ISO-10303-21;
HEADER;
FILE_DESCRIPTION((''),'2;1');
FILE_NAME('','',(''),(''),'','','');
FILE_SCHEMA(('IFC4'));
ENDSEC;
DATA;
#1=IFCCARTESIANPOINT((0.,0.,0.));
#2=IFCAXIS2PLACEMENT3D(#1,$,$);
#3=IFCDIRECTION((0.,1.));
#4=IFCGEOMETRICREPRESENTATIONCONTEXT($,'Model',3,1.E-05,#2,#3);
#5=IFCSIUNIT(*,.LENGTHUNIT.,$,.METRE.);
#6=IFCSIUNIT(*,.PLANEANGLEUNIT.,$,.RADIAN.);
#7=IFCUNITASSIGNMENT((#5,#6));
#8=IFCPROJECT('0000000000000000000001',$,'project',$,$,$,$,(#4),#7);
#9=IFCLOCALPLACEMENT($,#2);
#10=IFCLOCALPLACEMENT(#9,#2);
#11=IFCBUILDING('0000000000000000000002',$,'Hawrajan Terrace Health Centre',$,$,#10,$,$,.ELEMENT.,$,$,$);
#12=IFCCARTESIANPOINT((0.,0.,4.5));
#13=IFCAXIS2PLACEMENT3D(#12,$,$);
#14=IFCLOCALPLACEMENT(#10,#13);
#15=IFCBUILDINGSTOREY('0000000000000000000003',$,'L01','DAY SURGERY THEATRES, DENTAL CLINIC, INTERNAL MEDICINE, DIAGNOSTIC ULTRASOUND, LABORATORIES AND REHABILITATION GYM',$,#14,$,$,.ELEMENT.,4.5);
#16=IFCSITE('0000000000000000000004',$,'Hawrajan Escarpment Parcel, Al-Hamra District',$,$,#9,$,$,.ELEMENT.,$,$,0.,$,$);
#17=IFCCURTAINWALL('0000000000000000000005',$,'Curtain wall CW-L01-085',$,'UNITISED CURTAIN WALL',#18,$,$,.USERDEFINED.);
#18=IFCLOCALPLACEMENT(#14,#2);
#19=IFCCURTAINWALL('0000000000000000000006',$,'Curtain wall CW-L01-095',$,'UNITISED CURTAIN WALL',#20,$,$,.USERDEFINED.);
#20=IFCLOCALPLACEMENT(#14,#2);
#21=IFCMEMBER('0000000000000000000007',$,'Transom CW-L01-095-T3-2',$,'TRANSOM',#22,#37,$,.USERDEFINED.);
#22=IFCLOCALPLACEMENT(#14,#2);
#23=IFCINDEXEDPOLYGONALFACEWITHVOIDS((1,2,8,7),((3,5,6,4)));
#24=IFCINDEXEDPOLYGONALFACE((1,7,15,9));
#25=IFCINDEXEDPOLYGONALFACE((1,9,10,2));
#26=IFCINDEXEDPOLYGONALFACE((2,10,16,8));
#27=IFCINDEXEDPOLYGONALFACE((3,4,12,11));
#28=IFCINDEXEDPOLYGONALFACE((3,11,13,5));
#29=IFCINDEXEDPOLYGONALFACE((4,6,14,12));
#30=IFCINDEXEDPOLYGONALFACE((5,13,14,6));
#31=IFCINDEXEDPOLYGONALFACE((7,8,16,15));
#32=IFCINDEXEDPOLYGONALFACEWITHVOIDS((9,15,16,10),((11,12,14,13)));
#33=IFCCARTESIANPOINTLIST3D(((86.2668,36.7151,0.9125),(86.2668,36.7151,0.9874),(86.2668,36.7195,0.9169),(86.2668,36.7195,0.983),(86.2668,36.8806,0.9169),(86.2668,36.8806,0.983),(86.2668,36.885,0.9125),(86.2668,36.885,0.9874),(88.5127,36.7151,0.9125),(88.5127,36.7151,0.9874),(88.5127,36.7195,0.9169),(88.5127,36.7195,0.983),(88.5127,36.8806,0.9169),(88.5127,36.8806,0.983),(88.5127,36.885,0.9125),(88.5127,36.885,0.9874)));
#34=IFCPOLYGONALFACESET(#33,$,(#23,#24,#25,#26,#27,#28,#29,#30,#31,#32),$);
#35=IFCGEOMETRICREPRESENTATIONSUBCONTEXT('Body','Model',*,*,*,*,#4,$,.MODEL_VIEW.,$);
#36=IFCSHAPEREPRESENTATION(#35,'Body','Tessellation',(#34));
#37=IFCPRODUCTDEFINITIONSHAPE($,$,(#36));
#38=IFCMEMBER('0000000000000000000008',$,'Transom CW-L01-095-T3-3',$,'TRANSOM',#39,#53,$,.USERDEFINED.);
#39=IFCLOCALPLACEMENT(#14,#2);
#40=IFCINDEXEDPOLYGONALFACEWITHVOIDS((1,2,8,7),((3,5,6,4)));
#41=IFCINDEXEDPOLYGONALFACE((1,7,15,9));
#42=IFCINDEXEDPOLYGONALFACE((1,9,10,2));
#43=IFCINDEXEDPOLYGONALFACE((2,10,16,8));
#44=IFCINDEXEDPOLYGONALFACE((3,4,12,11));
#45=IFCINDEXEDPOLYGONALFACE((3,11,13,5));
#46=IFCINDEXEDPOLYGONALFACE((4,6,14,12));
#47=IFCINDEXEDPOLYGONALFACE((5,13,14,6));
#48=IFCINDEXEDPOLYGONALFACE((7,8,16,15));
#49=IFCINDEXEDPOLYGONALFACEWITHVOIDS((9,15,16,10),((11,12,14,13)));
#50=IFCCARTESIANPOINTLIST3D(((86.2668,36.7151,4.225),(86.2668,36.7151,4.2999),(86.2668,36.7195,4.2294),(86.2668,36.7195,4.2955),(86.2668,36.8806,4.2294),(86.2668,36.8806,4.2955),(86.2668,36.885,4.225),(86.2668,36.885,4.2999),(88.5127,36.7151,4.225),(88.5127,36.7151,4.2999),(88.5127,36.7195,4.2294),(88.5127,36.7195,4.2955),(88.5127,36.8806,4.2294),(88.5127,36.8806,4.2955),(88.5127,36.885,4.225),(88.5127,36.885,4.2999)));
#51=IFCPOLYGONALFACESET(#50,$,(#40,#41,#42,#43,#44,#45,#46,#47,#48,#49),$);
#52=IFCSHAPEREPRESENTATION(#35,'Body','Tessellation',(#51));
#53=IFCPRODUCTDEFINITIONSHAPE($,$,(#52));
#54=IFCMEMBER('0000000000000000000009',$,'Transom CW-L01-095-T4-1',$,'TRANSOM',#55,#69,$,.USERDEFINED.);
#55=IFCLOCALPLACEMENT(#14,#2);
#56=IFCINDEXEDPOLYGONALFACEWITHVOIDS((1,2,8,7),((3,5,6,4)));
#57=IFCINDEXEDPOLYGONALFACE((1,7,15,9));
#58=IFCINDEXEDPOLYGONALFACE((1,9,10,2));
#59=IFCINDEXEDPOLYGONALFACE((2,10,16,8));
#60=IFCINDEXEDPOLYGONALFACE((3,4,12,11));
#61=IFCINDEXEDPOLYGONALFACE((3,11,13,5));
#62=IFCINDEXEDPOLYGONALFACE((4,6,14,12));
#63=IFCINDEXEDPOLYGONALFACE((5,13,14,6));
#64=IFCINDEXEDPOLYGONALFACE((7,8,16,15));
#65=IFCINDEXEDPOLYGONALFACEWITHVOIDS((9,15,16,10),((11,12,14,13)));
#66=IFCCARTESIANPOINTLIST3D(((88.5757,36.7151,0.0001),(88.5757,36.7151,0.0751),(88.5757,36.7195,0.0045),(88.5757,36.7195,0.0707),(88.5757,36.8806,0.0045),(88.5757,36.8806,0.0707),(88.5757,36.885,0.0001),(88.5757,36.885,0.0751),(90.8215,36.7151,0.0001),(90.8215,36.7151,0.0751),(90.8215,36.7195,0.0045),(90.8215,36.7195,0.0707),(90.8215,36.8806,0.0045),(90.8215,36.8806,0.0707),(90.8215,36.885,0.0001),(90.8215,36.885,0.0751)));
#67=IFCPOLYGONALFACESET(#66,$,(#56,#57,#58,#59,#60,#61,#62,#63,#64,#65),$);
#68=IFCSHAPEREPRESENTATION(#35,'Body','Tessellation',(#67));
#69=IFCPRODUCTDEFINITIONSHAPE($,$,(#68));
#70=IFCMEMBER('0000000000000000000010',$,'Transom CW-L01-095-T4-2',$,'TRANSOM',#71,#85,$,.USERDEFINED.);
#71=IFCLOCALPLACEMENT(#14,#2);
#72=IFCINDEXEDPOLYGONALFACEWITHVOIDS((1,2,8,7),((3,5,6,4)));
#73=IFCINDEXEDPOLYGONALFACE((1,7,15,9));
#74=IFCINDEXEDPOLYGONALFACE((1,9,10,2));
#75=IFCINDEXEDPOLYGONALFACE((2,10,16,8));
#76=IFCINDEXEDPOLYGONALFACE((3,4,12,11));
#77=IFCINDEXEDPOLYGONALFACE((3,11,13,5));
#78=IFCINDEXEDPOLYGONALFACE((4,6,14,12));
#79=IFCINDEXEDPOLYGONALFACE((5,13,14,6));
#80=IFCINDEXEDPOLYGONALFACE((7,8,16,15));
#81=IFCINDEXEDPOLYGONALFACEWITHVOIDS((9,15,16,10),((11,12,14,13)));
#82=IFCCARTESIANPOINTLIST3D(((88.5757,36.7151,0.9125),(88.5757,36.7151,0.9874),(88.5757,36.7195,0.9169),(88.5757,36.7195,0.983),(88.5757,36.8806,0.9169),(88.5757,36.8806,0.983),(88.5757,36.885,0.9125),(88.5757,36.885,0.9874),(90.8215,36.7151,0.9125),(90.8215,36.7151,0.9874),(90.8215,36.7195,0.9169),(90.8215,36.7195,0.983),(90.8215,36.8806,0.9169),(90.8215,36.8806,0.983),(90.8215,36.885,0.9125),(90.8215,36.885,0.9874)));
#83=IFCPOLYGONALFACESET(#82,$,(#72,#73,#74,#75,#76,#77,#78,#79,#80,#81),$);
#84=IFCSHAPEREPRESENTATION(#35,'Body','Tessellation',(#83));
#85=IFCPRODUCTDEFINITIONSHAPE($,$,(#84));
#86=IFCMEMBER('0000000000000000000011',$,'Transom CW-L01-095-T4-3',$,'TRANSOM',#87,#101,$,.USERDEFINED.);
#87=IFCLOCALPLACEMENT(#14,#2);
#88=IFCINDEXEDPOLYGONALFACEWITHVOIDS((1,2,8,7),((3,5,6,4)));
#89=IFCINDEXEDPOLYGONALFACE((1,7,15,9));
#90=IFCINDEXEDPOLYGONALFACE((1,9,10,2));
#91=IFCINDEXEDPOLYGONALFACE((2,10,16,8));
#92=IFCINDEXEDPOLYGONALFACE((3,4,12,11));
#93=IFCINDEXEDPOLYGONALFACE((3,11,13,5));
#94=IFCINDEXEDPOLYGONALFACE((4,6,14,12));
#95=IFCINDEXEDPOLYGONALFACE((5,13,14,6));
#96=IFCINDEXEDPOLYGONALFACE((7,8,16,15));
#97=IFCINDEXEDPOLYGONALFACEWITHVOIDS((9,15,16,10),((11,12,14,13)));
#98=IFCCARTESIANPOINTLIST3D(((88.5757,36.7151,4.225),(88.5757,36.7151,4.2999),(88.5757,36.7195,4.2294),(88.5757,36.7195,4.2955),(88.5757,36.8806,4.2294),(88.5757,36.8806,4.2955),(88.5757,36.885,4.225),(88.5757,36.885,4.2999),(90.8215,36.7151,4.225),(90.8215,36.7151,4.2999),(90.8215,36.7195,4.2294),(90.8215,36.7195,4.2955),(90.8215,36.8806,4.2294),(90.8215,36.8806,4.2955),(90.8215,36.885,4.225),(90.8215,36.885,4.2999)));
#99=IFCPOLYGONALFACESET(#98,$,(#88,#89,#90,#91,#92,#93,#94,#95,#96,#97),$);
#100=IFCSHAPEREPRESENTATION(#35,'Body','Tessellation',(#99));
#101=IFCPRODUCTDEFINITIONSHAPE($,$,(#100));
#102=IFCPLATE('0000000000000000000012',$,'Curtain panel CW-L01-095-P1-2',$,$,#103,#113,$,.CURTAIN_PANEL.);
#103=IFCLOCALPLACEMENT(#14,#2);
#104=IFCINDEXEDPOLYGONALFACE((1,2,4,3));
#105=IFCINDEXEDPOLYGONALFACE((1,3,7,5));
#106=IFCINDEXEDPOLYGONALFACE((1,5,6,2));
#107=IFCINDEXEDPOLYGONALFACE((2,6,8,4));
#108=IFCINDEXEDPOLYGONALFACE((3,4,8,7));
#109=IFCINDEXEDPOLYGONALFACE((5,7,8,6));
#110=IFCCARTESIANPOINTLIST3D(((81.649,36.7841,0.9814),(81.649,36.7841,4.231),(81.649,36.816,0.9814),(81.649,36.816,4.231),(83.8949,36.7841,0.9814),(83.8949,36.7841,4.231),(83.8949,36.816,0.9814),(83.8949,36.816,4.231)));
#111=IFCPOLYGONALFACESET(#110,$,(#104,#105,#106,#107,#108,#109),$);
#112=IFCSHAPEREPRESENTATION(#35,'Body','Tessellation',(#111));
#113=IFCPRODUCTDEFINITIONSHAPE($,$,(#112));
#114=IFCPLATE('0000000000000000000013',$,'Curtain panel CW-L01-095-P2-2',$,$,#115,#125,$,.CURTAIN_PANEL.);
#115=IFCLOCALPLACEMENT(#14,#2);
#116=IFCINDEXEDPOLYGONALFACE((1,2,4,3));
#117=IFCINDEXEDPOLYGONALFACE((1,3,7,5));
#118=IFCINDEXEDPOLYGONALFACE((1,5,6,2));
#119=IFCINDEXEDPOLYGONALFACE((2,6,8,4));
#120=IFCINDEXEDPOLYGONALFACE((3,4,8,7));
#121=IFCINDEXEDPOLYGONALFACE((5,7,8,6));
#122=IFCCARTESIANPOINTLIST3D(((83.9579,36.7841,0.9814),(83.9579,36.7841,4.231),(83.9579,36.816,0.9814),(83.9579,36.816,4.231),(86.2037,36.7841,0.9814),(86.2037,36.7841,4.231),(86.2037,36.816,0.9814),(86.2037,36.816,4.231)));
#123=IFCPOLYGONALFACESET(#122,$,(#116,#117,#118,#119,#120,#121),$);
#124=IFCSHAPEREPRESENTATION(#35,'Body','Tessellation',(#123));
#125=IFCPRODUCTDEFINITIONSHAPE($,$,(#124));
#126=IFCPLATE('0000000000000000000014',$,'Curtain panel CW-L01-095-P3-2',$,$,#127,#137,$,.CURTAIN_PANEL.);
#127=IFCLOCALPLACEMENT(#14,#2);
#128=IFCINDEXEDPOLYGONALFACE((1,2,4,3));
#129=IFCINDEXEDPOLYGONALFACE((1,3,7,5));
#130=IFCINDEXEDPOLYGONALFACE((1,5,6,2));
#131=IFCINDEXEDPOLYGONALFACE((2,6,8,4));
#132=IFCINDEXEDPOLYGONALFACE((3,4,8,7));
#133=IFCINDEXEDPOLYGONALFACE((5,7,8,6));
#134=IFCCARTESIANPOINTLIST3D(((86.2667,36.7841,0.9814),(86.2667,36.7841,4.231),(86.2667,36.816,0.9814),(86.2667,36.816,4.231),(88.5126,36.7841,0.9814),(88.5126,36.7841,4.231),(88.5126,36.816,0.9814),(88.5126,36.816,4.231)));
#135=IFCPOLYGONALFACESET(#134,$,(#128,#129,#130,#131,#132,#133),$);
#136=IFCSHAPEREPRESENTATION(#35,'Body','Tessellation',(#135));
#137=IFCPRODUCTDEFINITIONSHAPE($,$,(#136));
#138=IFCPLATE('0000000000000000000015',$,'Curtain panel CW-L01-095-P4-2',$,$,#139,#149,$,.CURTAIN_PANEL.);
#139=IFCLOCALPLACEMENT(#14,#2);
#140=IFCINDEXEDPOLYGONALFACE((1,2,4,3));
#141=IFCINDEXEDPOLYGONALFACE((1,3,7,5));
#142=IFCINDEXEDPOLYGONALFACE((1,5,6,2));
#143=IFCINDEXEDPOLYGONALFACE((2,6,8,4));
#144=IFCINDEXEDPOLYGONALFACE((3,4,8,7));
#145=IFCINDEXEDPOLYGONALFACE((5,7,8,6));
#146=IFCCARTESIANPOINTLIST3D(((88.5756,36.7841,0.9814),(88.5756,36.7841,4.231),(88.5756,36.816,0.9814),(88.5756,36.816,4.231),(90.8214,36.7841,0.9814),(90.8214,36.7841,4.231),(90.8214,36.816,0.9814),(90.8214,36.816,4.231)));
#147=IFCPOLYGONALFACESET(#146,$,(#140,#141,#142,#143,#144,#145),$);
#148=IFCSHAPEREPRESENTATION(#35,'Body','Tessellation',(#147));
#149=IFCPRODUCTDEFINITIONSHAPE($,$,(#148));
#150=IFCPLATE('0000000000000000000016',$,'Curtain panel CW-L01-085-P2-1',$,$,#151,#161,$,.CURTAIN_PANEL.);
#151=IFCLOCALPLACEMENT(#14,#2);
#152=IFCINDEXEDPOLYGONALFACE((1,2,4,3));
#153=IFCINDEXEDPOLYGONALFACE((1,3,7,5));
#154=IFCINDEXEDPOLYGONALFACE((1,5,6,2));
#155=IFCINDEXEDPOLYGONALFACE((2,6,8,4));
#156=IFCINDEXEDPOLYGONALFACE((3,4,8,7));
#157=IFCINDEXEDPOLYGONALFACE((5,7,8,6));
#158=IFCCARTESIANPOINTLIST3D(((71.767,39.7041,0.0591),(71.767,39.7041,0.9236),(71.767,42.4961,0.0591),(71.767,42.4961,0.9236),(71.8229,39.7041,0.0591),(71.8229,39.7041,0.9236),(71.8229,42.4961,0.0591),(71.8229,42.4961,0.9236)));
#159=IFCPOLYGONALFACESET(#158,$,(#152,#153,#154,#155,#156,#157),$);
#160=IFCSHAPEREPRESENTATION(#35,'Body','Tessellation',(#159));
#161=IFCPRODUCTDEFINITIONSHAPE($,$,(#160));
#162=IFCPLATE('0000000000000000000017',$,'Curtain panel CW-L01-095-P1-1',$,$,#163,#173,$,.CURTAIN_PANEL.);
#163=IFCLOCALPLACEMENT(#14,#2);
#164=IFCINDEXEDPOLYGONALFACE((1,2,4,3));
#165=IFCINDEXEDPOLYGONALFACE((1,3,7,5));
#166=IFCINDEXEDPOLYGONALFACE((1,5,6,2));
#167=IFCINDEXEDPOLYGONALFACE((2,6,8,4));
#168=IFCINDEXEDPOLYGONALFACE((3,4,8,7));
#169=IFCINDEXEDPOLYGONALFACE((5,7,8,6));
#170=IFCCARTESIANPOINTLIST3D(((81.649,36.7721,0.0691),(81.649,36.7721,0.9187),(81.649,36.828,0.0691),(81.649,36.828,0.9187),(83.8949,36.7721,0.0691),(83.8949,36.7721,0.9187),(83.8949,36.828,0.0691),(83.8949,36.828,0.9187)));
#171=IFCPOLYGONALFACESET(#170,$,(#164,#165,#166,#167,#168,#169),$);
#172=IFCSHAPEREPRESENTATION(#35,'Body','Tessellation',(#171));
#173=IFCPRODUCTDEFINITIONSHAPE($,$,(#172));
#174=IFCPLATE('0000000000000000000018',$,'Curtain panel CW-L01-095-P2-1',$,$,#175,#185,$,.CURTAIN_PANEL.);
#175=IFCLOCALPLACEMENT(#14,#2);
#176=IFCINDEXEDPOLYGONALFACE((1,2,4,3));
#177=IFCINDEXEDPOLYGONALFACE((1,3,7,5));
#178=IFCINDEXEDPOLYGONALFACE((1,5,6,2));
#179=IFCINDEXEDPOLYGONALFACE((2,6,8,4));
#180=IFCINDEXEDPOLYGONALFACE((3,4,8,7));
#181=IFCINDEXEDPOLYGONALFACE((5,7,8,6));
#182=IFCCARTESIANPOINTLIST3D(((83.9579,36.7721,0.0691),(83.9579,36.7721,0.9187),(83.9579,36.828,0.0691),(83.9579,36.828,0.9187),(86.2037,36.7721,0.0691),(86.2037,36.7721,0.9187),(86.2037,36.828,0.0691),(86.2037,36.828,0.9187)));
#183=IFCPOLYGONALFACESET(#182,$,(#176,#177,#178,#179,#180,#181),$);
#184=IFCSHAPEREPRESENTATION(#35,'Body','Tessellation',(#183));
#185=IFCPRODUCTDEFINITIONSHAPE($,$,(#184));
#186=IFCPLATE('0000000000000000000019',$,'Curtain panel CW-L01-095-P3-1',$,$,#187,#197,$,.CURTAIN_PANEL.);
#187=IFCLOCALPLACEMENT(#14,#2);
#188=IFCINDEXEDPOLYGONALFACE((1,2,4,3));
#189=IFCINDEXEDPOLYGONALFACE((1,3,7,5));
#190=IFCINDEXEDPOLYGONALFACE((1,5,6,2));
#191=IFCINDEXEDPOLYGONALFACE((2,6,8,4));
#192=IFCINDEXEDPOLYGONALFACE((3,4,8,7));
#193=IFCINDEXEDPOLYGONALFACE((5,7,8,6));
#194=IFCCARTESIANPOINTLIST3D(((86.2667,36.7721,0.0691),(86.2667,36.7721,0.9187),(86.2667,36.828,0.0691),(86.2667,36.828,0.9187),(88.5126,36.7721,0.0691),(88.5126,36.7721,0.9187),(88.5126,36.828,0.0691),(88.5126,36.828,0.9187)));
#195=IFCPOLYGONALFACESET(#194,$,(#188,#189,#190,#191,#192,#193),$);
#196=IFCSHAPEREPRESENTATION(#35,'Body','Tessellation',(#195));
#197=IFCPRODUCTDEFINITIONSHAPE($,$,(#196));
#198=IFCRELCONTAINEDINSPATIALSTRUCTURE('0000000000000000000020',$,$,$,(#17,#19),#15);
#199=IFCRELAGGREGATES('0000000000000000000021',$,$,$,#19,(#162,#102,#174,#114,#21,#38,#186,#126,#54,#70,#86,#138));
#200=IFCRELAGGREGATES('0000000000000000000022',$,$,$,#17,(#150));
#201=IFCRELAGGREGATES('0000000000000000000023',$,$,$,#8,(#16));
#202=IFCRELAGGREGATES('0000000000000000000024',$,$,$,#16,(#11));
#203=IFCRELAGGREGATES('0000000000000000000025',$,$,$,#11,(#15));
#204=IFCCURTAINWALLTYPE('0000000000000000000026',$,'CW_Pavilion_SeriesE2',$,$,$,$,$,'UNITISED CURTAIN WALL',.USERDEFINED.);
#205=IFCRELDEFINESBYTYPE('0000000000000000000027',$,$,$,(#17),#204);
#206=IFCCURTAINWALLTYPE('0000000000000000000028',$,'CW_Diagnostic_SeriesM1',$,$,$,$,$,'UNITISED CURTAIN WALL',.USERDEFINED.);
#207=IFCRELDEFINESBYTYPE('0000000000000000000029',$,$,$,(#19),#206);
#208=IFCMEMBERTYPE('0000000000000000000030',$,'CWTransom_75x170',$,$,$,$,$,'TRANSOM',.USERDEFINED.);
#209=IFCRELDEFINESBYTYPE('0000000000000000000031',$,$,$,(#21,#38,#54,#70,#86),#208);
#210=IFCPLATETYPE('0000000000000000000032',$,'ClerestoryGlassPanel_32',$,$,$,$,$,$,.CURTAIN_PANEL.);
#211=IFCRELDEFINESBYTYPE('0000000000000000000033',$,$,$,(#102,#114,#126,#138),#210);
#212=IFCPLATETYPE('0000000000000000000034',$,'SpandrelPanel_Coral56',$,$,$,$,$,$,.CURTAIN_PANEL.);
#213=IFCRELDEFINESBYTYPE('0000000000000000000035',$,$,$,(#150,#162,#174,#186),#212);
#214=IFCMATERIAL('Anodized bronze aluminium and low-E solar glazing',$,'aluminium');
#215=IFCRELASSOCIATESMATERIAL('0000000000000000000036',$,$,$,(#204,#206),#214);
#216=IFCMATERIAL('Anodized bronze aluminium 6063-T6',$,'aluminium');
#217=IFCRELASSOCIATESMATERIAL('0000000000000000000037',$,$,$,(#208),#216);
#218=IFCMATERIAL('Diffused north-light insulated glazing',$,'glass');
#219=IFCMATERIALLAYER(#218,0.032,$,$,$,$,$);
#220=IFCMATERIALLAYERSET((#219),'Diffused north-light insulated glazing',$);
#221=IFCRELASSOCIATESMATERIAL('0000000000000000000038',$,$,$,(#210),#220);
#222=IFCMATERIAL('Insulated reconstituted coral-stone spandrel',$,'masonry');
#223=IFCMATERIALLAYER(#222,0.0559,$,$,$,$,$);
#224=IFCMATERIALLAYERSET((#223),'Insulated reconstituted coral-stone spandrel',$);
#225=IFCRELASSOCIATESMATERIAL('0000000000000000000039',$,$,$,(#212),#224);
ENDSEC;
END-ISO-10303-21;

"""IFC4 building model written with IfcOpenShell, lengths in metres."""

from ifc_helpers import new_model, si_unit, direction, frame, origin, origin_2d, place, context, subcontext, project, spatial, rectangle, hollow_rectangle, extrude, material, layer, layer_set, material_profile, profile_set, type_object, element, aggregate, save


model = new_model("IFC4")

# Units and contexts
model_context = context("Model", 3, precision=1e-05, world=origin(), true_north=direction((0.0, 1.0)))
body_context = subcontext(model_context, "Body", "Model", "MODEL_VIEW")
ifc_project = project(units=[si_unit("LENGTHUNIT", "METRE"), si_unit("PLANEANGLEUNIT", "RADIAN")], contexts=[model_context])

# Site, building, storey
site_placement = place(None, origin())
site = spatial("IfcSite", under=ifc_project, at=site_placement, Name="Hawrajan Escarpment Parcel, Al-Hamra District", CompositionType="ELEMENT", RefElevation=0.0)
building_placement = place(site_placement, origin())
building = spatial("IfcBuilding", under=site, at=building_placement, Name="Hawrajan Terrace Health Centre", CompositionType="ELEMENT")
storey_placement = place(building_placement, frame((0.0, 0.0, 4.5)))
storey = spatial("IfcBuildingStorey", under=building, at=storey_placement, Name="L01", Description="DAY SURGERY THEATRES, DENTAL CLINIC, INTERNAL MEDICINE, DIAGNOSTIC ULTRASOUND, LABORATORIES AND REHABILITATION GYM", CompositionType="ELEMENT", Elevation=4.5)

# Curtain wall
ifc_material_1 = material(Name="Anodized bronze aluminium and low-E solar glazing", Category="aluminium")
curtain_wall_type_1 = type_object("IfcCurtainWallType", Name="CW_Pavilion_SeriesE2", ElementType="UNITISED CURTAIN WALL", PredefinedType="USERDEFINED", material=ifc_material_1)
curtain_wall_1_placement = place(storey_placement, origin())
curtain_wall_1 = element("IfcCurtainWall", 1, at=curtain_wall_1_placement, inside=storey, type_object=curtain_wall_type_1, Name="Curtain wall CW-L01-085", ObjectType="UNITISED CURTAIN WALL", PredefinedType="USERDEFINED")
ifc_material_2 = material(Name="Anodized bronze aluminium 6063-T6", Category="aluminium")

# Curtain wall
curtain_wall_type_2 = type_object("IfcCurtainWallType", Name="CW_Diagnostic_SeriesM1", ElementType="UNITISED CURTAIN WALL", PredefinedType="USERDEFINED", material=ifc_material_1)
curtain_wall_2_placement = place(storey_placement, origin())
curtain_wall_2 = element("IfcCurtainWall", 2, at=curtain_wall_2_placement, inside=storey, type_object=curtain_wall_type_2, Name="Curtain wall CW-L01-095", ObjectType="UNITISED CURTAIN WALL", PredefinedType="USERDEFINED")

# Members
ifc_material_profile_1 = material_profile(ifc_material_2, hollow_rectangle(XDim=0.075, YDim=0.1699, WallThickness=0.0044, at=origin_2d()), Name="CW TRN 75x170")
ifc_profile_set_1 = profile_set([ifc_material_profile_1], Name="Anodized bronze aluminium 6063-T6")
member_type_1 = type_object("IfcMemberType", Name="CWTransom_75x170", ElementType="TRANSOM", PredefinedType="USERDEFINED", material=ifc_profile_set_1)
member_1_placement = place(storey_placement, frame((86.2668, 36.8, 0.95), z_axis=(1.0, 0.0, 0.0), x_axis=(0.0, 0.0, 1.0)))
member_1 = element("IfcMember", 3, at=member_1_placement, type_object=member_type_1, Name="Transom CW-L01-095-T3-2", ObjectType="TRANSOM", PredefinedType="USERDEFINED", context=body_context, shape_type="SweptSolid", body=[
    extrude(hollow_rectangle(XDim=0.075, YDim=0.1699, WallThickness=0.0044, at=origin_2d()), origin(), (0.0, 0.0, 1.0), 2.2458),
])
member_2_placement = place(storey_placement, frame((86.2668, 36.8, 4.2625), z_axis=(1.0, 0.0, 0.0), x_axis=(0.0, 0.0, 1.0)))
member_2 = element("IfcMember", 4, at=member_2_placement, type_object=member_type_1, Name="Transom CW-L01-095-T3-3", ObjectType="TRANSOM", PredefinedType="USERDEFINED", context=body_context, shape_type="SweptSolid", body=[
    extrude(hollow_rectangle(XDim=0.075, YDim=0.1699, WallThickness=0.0044, at=origin_2d()), origin(), (0.0, 0.0, 1.0), 2.2458),
])
member_3_placement = place(storey_placement, frame((88.5757, 36.8, 0.0376), z_axis=(1.0, 0.0, 0.0), x_axis=(0.0, 0.0, 1.0)))
member_3 = element("IfcMember", 5, at=member_3_placement, type_object=member_type_1, Name="Transom CW-L01-095-T4-1", ObjectType="TRANSOM", PredefinedType="USERDEFINED", context=body_context, shape_type="SweptSolid", body=[
    extrude(hollow_rectangle(XDim=0.075, YDim=0.1699, WallThickness=0.0044, at=origin_2d()), origin(), (0.0, 0.0, 1.0), 2.2458),
])
member_4_placement = place(storey_placement, frame((88.5757, 36.8, 0.95), z_axis=(1.0, 0.0, 0.0), x_axis=(0.0, 0.0, 1.0)))
member_4 = element("IfcMember", 6, at=member_4_placement, type_object=member_type_1, Name="Transom CW-L01-095-T4-2", ObjectType="TRANSOM", PredefinedType="USERDEFINED", context=body_context, shape_type="SweptSolid", body=[
    extrude(hollow_rectangle(XDim=0.075, YDim=0.1699, WallThickness=0.0044, at=origin_2d()), origin(), (0.0, 0.0, 1.0), 2.2458),
])
member_5_placement = place(storey_placement, frame((88.5757, 36.8, 4.2625), z_axis=(1.0, 0.0, 0.0), x_axis=(0.0, 0.0, 1.0)))
member_5 = element("IfcMember", 7, at=member_5_placement, type_object=member_type_1, Name="Transom CW-L01-095-T4-3", ObjectType="TRANSOM", PredefinedType="USERDEFINED", context=body_context, shape_type="SweptSolid", body=[
    extrude(hollow_rectangle(XDim=0.075, YDim=0.1699, WallThickness=0.0044, at=origin_2d()), origin(), (0.0, 0.0, 1.0), 2.2458),
])

# Plates
ifc_material_3 = material(Name="Diffused north-light insulated glazing", Category="glass")
ifc_layer_1 = layer(ifc_material_3, 0.032)
ifc_layer_set_1 = layer_set([ifc_layer_1], Name="Diffused north-light insulated glazing")
plate_type_1 = type_object("IfcPlateType", Name="ClerestoryGlassPanel_32", PredefinedType="CURTAIN_PANEL", material=ifc_layer_set_1)
plate_1_placement = place(storey_placement, frame((82.772, 36.8, 0.9814), z_axis=(0.0, 0.0, 1.0), x_axis=(1.0, 0.0, 0.0)))
plate_1 = element("IfcPlate", 8, at=plate_1_placement, type_object=plate_type_1, Name="Curtain panel CW-L01-095-P1-2", PredefinedType="CURTAIN_PANEL", context=body_context, shape_type="SweptSolid", body=[
    extrude(rectangle(XDim=2.2458, YDim=0.032, at=origin_2d()), origin(), (0.0, 0.0, 1.0), 3.2495),
])
plate_2_placement = place(storey_placement, frame((85.0808, 36.8, 0.9814), z_axis=(0.0, 0.0, 1.0), x_axis=(1.0, 0.0, 0.0)))
plate_2 = element("IfcPlate", 9, at=plate_2_placement, type_object=plate_type_1, Name="Curtain panel CW-L01-095-P2-2", PredefinedType="CURTAIN_PANEL", context=body_context, shape_type="SweptSolid", body=[
    extrude(rectangle(XDim=2.2458, YDim=0.032, at=origin_2d()), origin(), (0.0, 0.0, 1.0), 3.2495),
])
plate_3_placement = place(storey_placement, frame((87.3896, 36.8, 0.9814), z_axis=(0.0, 0.0, 1.0), x_axis=(1.0, 0.0, 0.0)))
plate_3 = element("IfcPlate", 10, at=plate_3_placement, type_object=plate_type_1, Name="Curtain panel CW-L01-095-P3-2", PredefinedType="CURTAIN_PANEL", context=body_context, shape_type="SweptSolid", body=[
    extrude(rectangle(XDim=2.2458, YDim=0.032, at=origin_2d()), origin(), (0.0, 0.0, 1.0), 3.2495),
])
plate_4_placement = place(storey_placement, frame((89.6985, 36.8, 0.9814), z_axis=(0.0, 0.0, 1.0), x_axis=(1.0, 0.0, 0.0)))
plate_4 = element("IfcPlate", 11, at=plate_4_placement, type_object=plate_type_1, Name="Curtain panel CW-L01-095-P4-2", PredefinedType="CURTAIN_PANEL", context=body_context, shape_type="SweptSolid", body=[
    extrude(rectangle(XDim=2.2458, YDim=0.032, at=origin_2d()), origin(), (0.0, 0.0, 1.0), 3.2495),
])
ifc_material_4 = material(Name="Insulated reconstituted coral-stone spandrel", Category="masonry")
ifc_layer_2 = layer(ifc_material_4, 0.0559)
ifc_layer_set_2 = layer_set([ifc_layer_2], Name="Insulated reconstituted coral-stone spandrel")
plate_type_2 = type_object("IfcPlateType", Name="SpandrelPanel_Coral56", PredefinedType="CURTAIN_PANEL", material=ifc_layer_set_2)
plate_5_placement = place(storey_placement, frame((71.7949, 41.1001, 0.0591), z_axis=(0.0, 0.0, 1.0), x_axis=(0.0, 1.0, 0.0)))
plate_5 = element("IfcPlate", 12, at=plate_5_placement, type_object=plate_type_2, Name="Curtain panel CW-L01-085-P2-1", PredefinedType="CURTAIN_PANEL", context=body_context, shape_type="SweptSolid", body=[
    extrude(rectangle(XDim=2.792, YDim=0.0559, at=origin_2d()), origin(), (0.0, 0.0, 1.0), 0.8645),
])
plate_6_placement = place(storey_placement, frame((82.772, 36.8, 0.0691), z_axis=(0.0, 0.0, 1.0), x_axis=(1.0, 0.0, 0.0)))
plate_6 = element("IfcPlate", 13, at=plate_6_placement, type_object=plate_type_2, Name="Curtain panel CW-L01-095-P1-1", PredefinedType="CURTAIN_PANEL", context=body_context, shape_type="SweptSolid", body=[
    extrude(rectangle(XDim=2.2458, YDim=0.0559, at=origin_2d()), origin(), (0.0, 0.0, 1.0), 0.8496),
])
plate_7_placement = place(storey_placement, frame((85.0808, 36.8, 0.0691), z_axis=(0.0, 0.0, 1.0), x_axis=(1.0, 0.0, 0.0)))
plate_7 = element("IfcPlate", 14, at=plate_7_placement, type_object=plate_type_2, Name="Curtain panel CW-L01-095-P2-1", PredefinedType="CURTAIN_PANEL", context=body_context, shape_type="SweptSolid", body=[
    extrude(rectangle(XDim=2.2458, YDim=0.0559, at=origin_2d()), origin(), (0.0, 0.0, 1.0), 0.8496),
])
plate_8_placement = place(storey_placement, frame((87.3896, 36.8, 0.0691), z_axis=(0.0, 0.0, 1.0), x_axis=(1.0, 0.0, 0.0)))
plate_8 = element("IfcPlate", 15, at=plate_8_placement, type_object=plate_type_2, Name="Curtain panel CW-L01-095-P3-1", PredefinedType="CURTAIN_PANEL", context=body_context, shape_type="SweptSolid", body=[
    extrude(rectangle(XDim=2.2458, YDim=0.0559, at=origin_2d()), origin(), (0.0, 0.0, 1.0), 0.8496),
])
aggregate(curtain_wall_2, [plate_6, plate_1, plate_7, plate_2, member_1, member_2, plate_8, plate_3, member_3, member_4, member_5, plate_4])
aggregate(curtain_wall_1, [plate_5])

save(model, "model.ifc")
